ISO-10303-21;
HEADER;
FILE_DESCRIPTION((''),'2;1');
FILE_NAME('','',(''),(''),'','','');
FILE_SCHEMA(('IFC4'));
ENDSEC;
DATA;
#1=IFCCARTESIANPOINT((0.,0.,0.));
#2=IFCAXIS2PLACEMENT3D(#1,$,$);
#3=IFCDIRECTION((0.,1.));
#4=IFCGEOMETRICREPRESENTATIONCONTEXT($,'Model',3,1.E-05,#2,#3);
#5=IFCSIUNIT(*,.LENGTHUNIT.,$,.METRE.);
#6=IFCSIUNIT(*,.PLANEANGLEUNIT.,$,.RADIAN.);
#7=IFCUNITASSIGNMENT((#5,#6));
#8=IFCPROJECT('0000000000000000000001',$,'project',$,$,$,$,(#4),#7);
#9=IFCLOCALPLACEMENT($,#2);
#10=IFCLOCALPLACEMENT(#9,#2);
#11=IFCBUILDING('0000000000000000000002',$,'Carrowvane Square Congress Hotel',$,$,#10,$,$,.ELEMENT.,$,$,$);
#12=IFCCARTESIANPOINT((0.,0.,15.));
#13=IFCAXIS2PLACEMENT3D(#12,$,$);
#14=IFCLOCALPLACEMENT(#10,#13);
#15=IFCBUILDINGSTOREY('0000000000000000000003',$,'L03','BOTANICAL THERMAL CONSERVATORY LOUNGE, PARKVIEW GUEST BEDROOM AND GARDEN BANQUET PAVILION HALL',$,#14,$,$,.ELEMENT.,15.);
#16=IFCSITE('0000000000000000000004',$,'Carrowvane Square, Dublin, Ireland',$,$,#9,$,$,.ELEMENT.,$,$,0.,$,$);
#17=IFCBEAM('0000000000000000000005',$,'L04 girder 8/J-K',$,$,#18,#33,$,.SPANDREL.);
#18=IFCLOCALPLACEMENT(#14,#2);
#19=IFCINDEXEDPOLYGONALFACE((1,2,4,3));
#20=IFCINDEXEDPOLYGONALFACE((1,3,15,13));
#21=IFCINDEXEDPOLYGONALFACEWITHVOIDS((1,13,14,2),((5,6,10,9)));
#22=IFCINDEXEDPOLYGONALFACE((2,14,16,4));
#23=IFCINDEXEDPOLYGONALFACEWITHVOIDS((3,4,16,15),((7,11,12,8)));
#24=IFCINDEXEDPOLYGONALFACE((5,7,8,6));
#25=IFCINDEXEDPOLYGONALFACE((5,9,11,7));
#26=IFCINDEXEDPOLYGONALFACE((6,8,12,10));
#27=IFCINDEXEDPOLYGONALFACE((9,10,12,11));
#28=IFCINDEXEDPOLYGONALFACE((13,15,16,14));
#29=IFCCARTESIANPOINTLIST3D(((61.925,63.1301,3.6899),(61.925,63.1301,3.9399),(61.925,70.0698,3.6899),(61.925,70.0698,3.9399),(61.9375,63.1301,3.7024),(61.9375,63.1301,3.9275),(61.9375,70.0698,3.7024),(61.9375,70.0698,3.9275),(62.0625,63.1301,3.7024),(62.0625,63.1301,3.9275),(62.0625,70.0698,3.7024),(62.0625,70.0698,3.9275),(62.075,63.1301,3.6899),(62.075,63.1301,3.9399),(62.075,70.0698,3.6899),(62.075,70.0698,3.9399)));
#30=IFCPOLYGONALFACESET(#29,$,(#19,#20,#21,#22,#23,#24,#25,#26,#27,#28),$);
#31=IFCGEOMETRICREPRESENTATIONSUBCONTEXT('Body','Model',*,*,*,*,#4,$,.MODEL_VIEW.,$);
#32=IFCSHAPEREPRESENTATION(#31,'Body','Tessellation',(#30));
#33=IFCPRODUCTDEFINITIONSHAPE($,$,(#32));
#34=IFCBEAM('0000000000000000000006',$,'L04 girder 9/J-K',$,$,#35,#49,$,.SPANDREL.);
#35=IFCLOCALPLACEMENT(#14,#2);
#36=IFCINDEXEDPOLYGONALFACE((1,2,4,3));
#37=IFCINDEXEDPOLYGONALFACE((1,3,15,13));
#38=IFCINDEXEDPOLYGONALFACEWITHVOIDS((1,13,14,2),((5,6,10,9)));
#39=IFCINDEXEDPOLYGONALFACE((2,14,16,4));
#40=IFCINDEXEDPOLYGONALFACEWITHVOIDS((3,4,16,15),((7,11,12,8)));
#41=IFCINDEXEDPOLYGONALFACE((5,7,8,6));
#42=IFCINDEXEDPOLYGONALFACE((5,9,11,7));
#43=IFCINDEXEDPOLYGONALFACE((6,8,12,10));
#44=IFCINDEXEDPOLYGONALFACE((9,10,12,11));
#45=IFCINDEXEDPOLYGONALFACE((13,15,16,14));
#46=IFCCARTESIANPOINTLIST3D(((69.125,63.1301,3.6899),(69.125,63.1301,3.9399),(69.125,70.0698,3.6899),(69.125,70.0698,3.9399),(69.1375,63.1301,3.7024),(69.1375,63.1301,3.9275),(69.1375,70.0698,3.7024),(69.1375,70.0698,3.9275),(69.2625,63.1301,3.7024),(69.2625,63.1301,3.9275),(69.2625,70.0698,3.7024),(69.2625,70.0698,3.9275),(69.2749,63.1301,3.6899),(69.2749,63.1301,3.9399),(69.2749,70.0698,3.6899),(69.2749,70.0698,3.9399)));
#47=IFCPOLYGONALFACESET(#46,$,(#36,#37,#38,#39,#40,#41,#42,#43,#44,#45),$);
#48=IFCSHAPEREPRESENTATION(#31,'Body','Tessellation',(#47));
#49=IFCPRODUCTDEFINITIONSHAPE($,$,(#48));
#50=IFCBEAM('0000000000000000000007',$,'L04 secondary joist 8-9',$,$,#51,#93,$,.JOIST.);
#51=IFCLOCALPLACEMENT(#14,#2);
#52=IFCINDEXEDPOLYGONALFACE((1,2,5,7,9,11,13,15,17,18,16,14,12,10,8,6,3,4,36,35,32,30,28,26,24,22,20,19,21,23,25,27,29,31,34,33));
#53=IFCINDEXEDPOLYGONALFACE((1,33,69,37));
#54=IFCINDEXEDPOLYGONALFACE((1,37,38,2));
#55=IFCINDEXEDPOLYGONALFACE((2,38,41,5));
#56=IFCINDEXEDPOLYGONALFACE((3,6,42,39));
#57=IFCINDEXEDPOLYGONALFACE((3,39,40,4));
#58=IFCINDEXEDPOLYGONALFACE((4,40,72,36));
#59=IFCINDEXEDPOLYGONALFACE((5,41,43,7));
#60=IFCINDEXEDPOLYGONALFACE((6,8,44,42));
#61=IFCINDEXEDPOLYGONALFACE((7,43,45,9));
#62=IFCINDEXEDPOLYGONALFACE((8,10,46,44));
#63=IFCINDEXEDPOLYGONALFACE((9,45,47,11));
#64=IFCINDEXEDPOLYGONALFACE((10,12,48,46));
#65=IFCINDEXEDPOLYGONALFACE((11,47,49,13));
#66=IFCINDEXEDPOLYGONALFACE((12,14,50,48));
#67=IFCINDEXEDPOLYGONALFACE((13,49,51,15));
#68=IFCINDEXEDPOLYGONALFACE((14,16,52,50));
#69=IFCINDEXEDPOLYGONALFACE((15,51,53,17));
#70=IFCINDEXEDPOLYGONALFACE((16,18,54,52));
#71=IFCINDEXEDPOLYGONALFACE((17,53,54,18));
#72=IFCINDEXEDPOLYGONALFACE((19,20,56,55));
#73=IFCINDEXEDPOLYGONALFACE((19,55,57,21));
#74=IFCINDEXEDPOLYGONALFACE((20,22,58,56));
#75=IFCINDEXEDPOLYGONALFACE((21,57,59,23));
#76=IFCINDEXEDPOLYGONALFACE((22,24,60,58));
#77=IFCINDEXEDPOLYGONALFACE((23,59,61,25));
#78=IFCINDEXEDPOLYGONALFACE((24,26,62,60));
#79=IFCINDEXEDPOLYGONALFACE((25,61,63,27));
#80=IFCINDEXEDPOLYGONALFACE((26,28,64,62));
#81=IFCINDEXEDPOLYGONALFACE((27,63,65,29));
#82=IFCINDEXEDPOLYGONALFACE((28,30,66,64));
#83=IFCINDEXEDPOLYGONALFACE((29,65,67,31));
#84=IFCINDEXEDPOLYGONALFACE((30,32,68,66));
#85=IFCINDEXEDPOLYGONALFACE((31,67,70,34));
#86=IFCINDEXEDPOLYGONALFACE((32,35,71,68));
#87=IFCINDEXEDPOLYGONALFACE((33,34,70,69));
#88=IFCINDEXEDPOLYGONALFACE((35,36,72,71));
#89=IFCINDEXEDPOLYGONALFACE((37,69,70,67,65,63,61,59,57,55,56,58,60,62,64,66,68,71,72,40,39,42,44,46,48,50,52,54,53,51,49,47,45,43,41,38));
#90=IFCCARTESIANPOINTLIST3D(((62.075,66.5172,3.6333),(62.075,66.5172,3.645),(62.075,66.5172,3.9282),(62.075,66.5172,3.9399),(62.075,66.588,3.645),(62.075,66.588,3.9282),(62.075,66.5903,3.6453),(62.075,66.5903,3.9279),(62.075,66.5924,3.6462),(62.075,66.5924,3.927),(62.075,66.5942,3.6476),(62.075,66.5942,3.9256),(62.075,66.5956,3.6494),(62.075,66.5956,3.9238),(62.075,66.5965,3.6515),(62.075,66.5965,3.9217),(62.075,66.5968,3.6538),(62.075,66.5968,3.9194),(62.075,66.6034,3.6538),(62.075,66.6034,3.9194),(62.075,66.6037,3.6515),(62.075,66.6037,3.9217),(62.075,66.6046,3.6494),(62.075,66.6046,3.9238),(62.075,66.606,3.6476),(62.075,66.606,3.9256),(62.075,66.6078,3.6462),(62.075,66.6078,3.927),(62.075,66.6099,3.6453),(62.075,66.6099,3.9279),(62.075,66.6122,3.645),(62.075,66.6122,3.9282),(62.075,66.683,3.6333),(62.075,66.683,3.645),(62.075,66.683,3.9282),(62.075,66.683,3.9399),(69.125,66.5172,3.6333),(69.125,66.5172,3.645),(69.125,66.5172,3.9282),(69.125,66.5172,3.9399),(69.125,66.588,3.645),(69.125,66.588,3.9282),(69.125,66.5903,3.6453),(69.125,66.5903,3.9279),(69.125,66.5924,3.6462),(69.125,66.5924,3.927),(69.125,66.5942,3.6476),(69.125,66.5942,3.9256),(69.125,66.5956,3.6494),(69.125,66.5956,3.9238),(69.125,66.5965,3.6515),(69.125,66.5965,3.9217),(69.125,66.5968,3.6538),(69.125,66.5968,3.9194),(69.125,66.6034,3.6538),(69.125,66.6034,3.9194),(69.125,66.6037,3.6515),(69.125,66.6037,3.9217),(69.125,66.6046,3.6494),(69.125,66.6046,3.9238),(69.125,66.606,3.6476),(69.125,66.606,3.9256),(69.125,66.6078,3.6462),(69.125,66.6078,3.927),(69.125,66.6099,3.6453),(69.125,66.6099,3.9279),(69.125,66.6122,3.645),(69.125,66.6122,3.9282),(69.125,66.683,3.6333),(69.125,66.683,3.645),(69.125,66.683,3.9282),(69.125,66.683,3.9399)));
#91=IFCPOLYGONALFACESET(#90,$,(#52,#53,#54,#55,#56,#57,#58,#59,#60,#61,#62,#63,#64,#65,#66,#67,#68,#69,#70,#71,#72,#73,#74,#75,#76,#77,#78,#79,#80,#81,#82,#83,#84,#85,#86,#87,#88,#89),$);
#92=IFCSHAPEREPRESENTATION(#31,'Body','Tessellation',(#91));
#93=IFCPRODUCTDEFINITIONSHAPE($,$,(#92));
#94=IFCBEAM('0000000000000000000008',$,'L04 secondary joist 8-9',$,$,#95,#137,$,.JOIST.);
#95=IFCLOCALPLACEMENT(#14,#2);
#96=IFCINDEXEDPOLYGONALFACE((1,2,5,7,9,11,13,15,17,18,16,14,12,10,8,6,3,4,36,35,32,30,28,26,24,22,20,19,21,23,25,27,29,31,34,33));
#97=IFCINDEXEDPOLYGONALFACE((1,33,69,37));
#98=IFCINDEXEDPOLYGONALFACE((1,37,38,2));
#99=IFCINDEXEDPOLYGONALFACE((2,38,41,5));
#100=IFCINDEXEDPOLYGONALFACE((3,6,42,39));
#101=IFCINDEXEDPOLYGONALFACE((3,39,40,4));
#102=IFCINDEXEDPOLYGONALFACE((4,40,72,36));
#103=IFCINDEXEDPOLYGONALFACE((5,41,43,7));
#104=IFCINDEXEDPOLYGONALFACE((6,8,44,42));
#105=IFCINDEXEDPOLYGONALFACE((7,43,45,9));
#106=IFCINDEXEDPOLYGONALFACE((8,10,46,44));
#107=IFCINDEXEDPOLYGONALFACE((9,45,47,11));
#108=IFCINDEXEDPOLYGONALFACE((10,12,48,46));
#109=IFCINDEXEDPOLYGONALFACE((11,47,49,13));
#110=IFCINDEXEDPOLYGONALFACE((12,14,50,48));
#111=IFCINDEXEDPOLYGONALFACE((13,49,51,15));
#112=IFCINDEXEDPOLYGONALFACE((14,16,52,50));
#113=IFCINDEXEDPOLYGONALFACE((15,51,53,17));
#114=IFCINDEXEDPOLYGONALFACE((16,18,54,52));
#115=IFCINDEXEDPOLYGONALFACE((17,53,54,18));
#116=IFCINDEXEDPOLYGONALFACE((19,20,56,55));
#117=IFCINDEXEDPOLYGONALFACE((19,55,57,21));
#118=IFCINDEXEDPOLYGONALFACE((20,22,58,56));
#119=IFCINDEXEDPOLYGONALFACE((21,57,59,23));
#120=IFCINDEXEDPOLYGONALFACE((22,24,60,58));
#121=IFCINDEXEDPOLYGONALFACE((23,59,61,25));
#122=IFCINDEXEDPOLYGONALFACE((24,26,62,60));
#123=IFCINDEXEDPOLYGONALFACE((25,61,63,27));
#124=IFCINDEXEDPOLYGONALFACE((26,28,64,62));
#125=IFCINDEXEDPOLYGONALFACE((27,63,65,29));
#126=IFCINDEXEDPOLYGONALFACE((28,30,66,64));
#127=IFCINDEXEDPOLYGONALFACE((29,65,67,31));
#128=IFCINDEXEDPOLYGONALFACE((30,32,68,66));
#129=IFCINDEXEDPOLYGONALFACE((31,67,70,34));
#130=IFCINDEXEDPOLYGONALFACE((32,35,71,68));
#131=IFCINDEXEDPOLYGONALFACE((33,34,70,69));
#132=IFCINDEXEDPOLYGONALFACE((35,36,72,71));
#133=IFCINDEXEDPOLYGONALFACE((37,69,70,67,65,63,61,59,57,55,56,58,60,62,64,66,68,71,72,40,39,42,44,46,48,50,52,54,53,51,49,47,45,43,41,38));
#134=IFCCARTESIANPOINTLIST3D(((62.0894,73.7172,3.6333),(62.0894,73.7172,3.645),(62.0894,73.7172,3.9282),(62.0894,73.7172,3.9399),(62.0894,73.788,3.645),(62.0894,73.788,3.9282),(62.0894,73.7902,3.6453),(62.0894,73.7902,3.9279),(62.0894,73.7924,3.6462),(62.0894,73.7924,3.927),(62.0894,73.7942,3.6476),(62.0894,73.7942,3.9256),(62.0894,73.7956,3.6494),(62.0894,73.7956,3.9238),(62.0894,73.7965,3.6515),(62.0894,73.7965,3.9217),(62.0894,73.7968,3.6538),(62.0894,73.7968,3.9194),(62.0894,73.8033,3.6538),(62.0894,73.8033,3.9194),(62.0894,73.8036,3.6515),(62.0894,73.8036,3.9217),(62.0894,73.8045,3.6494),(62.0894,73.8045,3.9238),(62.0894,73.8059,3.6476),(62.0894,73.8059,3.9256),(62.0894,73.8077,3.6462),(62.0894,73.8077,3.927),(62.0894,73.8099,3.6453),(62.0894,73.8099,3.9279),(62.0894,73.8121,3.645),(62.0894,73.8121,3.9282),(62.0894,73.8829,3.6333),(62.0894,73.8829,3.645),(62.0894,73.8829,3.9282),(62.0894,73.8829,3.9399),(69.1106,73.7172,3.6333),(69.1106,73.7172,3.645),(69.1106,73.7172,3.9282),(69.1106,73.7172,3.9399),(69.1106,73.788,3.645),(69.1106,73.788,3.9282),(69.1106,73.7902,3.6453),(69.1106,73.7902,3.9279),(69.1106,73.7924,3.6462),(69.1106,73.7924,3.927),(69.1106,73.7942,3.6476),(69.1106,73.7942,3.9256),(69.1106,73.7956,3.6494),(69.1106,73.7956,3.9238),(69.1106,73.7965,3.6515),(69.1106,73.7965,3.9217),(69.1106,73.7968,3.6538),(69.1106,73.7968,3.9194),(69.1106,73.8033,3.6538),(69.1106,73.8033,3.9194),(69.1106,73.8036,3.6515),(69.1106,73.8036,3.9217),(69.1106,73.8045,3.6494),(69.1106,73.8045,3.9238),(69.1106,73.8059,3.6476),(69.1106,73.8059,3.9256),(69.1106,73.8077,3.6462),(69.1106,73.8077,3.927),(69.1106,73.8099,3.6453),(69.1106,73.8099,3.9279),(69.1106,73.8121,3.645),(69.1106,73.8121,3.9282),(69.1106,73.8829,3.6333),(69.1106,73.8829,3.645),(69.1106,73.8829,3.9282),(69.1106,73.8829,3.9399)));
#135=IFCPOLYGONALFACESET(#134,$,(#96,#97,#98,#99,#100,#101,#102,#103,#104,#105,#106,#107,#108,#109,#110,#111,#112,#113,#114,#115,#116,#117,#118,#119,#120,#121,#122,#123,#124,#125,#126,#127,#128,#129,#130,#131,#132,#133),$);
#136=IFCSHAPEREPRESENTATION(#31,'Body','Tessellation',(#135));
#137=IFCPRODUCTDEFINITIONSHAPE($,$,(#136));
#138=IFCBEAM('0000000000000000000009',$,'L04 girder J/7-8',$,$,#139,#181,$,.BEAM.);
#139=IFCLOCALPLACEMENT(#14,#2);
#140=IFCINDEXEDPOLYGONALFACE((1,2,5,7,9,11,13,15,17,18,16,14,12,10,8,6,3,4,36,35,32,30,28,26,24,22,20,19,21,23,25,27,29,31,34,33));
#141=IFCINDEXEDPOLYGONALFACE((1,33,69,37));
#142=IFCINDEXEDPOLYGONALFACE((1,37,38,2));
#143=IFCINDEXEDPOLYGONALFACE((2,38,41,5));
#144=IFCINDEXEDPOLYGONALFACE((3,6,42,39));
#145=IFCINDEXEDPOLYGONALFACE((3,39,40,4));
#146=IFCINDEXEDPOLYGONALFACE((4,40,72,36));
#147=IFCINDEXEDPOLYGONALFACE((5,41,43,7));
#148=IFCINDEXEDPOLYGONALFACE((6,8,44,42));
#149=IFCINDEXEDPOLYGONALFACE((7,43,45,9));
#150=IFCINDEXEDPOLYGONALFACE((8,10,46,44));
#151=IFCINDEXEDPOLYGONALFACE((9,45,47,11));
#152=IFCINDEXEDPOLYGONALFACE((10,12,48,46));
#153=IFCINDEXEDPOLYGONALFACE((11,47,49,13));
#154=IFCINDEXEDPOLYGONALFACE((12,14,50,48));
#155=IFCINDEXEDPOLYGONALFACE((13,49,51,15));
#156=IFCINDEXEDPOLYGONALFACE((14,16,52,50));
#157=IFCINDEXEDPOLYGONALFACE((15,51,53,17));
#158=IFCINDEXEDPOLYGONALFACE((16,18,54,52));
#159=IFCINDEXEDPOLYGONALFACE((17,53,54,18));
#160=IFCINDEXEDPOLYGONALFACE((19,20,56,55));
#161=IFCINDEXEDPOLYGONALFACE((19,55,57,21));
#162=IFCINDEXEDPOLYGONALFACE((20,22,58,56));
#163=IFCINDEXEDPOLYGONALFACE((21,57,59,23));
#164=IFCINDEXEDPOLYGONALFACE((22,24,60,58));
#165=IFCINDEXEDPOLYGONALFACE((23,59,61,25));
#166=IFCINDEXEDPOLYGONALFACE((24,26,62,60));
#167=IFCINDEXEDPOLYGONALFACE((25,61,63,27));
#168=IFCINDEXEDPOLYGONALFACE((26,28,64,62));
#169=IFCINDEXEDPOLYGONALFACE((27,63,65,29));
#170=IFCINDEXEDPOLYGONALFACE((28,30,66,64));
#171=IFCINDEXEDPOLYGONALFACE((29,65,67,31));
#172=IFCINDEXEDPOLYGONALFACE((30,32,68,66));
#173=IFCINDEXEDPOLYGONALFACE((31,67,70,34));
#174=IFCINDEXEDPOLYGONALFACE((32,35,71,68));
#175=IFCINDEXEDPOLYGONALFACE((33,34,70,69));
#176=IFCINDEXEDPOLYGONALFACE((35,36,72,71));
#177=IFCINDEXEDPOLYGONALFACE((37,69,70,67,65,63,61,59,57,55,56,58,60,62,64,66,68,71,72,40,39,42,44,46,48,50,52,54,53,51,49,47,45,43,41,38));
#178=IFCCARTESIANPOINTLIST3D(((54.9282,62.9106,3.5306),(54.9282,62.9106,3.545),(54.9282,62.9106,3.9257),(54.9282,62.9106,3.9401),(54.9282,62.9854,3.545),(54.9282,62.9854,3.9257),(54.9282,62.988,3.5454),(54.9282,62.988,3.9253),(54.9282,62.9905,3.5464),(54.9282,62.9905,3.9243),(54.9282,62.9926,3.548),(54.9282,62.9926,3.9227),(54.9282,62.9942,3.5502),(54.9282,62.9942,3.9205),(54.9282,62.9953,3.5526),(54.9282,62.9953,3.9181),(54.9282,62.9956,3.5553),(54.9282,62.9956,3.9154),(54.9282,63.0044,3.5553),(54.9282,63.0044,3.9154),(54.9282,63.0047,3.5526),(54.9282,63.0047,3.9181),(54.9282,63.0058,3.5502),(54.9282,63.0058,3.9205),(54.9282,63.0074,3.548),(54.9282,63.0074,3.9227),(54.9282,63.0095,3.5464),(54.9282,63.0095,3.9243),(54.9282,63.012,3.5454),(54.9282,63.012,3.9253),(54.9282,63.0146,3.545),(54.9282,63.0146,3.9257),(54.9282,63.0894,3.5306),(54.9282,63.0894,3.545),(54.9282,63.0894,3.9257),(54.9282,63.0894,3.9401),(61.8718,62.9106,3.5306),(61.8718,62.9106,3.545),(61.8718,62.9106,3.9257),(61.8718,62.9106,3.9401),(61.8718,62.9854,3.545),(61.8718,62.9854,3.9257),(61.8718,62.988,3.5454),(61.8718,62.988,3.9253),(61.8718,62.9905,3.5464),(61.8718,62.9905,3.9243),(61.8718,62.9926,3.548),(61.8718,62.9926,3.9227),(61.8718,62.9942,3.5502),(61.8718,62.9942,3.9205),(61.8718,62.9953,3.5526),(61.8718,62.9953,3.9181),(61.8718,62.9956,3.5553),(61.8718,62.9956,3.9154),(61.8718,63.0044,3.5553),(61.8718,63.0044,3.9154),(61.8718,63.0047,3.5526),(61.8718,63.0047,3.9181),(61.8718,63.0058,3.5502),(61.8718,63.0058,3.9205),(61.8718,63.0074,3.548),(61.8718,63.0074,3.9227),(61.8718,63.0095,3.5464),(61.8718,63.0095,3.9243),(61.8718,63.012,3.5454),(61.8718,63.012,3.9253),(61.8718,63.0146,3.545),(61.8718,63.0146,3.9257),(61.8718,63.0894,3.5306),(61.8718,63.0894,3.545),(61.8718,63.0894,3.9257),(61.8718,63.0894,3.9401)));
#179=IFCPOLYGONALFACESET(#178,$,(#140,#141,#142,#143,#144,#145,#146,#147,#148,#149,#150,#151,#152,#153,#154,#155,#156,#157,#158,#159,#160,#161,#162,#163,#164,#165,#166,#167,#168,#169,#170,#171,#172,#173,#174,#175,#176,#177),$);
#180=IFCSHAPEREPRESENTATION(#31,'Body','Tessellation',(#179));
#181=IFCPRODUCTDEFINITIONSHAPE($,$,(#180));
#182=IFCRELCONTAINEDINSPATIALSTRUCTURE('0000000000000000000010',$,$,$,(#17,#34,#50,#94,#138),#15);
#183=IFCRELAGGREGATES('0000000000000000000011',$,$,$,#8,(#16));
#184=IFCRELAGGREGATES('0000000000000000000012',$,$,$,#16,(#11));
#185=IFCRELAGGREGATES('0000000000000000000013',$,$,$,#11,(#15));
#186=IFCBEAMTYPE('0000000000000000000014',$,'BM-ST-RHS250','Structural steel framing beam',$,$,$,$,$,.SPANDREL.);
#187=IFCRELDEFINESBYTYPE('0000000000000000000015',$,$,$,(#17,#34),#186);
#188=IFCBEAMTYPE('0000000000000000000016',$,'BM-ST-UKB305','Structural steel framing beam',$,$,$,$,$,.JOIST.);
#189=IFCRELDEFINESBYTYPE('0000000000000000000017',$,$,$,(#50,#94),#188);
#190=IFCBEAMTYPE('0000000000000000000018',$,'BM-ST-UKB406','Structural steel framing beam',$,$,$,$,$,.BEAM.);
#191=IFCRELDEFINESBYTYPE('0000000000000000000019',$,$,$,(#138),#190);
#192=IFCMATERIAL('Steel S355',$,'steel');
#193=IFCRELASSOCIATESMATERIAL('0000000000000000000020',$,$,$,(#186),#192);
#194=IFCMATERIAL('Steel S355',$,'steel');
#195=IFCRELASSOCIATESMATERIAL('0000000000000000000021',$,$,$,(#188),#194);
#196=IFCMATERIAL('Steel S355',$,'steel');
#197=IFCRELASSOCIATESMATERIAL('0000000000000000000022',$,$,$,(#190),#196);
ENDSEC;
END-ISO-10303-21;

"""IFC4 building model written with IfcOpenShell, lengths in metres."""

from ifc_helpers import new_model, si_unit, direction, frame, origin, origin_2d, place, context, subcontext, project, spatial, hollow_rectangle, i_section, extrude, material, material_profile, profile_set, type_object, element, save


model = new_model("IFC4")

# Units and contexts
model_context = context("Model", 3, precision=1e-05, world=origin(), true_north=direction((0.0, 1.0)))
body_context = subcontext(model_context, "Body", "Model", "MODEL_VIEW")
ifc_project = project(units=[si_unit("LENGTHUNIT", "METRE"), si_unit("PLANEANGLEUNIT", "RADIAN")], contexts=[model_context])

# Site, building, storey
site_placement = place(None, origin())
site = spatial("IfcSite", under=ifc_project, at=site_placement, Name="Carrowvane Square, Dublin, Ireland", CompositionType="ELEMENT", RefElevation=0.0)
building_placement = place(site_placement, origin())
building = spatial("IfcBuilding", under=site, at=building_placement, Name="Carrowvane Square Congress Hotel", CompositionType="ELEMENT")
storey_placement = place(building_placement, frame((0.0, 0.0, 15.0)))
storey = spatial("IfcBuildingStorey", under=building, at=storey_placement, Name="L03", Description="BOTANICAL THERMAL CONSERVATORY LOUNGE, PARKVIEW GUEST BEDROOM AND GARDEN BANQUET PAVILION HALL", CompositionType="ELEMENT", Elevation=15.0)

# Beams
ifc_material_1 = material(Name="Steel S355", Category="steel")
ifc_material_profile_1 = material_profile(ifc_material_1, hollow_rectangle(XDim=0.1499, YDim=0.25, WallThickness=0.0125, at=origin_2d()), Name="RHS 250x150x12.5")
ifc_profile_set_1 = profile_set([ifc_material_profile_1], Name="Steel S355")
beam_type_1 = type_object("IfcBeamType", Name="BM-ST-RHS250", Description="Structural steel framing beam", PredefinedType="SPANDREL", material=ifc_profile_set_1)
for number, where, z_axis, x_axis, name in (
    (1, (62.0, 63.1301, 3.8149), (0.0, 1.0, 0.0), (-1.0, 0.0, 0.0), "L04 girder 8/J-K"),
    (2, (69.2, 63.1301, 3.8149), (0.0, 1.0, 0.0), (-1.0, 0.0, 0.0), "L04 girder 9/J-K"),
):
    element("IfcBeam", number, at=place(storey_placement, frame(where, z_axis=z_axis, x_axis=x_axis)), inside=storey, type_object=beam_type_1, Name=name, PredefinedType="SPANDREL", context=body_context, shape_type="SweptSolid", body=[
        extrude(hollow_rectangle(XDim=0.1499, YDim=0.25, WallThickness=0.0125, at=origin_2d()), origin(), (0.0, 0.0, 1.0), 6.9397),
    ])
ifc_material_2 = material(Name="Steel S355", Category="steel")
ifc_material_profile_2 = material_profile(ifc_material_2, i_section(OverallWidth=0.1658, OverallDepth=0.3066, WebThickness=0.0066, FlangeThickness=0.0117, FilletRadius=0.0088, at=origin_2d()), Name="UKB 305x165x46")
ifc_profile_set_2 = profile_set([ifc_material_profile_2], Name="Steel S355")
beam_type_2 = type_object("IfcBeamType", Name="BM-ST-UKB305", Description="Structural steel framing beam", PredefinedType="JOIST", material=ifc_profile_set_2)
beam_1_placement = place(storey_placement, frame((62.075, 66.6001, 3.7866), z_axis=(1.0, 0.0, 0.0), x_axis=(0.0, 1.0, 0.0)))
element("IfcBeam", 3, at=beam_1_placement, inside=storey, type_object=beam_type_2, Name="L04 secondary joist 8-9", PredefinedType="JOIST", context=body_context, shape_type="SweptSolid", body=[
    extrude(i_section(OverallWidth=0.1658, OverallDepth=0.3066, WebThickness=0.0066, FlangeThickness=0.0117, FilletRadius=0.0088, at=origin_2d()), origin(), (0.0, 0.0, 1.0), 7.05),
])
beam_2_placement = place(storey_placement, frame((62.0894, 73.8, 3.7866), z_axis=(1.0, 0.0, 0.0), x_axis=(0.0, 1.0, 0.0)))
element("IfcBeam", 4, at=beam_2_placement, inside=storey, type_object=beam_type_2, Name="L04 secondary joist 8-9", PredefinedType="JOIST", context=body_context, shape_type="SweptSolid", body=[
    extrude(i_section(OverallWidth=0.1658, OverallDepth=0.3066, WebThickness=0.0066, FlangeThickness=0.0117, FilletRadius=0.0088, at=origin_2d()), origin(), (0.0, 0.0, 1.0), 7.0212),
])
ifc_material_3 = material(Name="Steel S355", Category="steel")
ifc_material_profile_3 = material_profile(ifc_material_3, i_section(OverallWidth=0.1787, OverallDepth=0.4094, WebThickness=0.0088, FlangeThickness=0.0144, FilletRadius=0.0103, at=origin_2d()), Name="UKB 406x178x67")
ifc_profile_set_3 = profile_set([ifc_material_profile_3], Name="Steel S355")
beam_type_3 = type_object("IfcBeamType", Name="BM-ST-UKB406", Description="Structural steel framing beam", PredefinedType="BEAM", material=ifc_profile_set_3)
for number, where, z_axis, x_axis, name in (
    (5, (54.9282, 63.0, 3.7354), (1.0, 0.0, 0.0), (0.0, 1.0, 0.0), "L04 girder J/7-8"),
):
    element("IfcBeam", number, at=place(storey_placement, frame(where, z_axis=z_axis, x_axis=x_axis)), inside=storey, type_object=beam_type_3, Name=name, PredefinedType="BEAM", context=body_context, shape_type="SweptSolid", body=[
        extrude(i_section(OverallWidth=0.1787, OverallDepth=0.4094, WebThickness=0.0088, FlangeThickness=0.0144, FilletRadius=0.0103, at=origin_2d()), origin(), (0.0, 0.0, 1.0), 6.9436),
    ])

save(model, "model.ifc")
